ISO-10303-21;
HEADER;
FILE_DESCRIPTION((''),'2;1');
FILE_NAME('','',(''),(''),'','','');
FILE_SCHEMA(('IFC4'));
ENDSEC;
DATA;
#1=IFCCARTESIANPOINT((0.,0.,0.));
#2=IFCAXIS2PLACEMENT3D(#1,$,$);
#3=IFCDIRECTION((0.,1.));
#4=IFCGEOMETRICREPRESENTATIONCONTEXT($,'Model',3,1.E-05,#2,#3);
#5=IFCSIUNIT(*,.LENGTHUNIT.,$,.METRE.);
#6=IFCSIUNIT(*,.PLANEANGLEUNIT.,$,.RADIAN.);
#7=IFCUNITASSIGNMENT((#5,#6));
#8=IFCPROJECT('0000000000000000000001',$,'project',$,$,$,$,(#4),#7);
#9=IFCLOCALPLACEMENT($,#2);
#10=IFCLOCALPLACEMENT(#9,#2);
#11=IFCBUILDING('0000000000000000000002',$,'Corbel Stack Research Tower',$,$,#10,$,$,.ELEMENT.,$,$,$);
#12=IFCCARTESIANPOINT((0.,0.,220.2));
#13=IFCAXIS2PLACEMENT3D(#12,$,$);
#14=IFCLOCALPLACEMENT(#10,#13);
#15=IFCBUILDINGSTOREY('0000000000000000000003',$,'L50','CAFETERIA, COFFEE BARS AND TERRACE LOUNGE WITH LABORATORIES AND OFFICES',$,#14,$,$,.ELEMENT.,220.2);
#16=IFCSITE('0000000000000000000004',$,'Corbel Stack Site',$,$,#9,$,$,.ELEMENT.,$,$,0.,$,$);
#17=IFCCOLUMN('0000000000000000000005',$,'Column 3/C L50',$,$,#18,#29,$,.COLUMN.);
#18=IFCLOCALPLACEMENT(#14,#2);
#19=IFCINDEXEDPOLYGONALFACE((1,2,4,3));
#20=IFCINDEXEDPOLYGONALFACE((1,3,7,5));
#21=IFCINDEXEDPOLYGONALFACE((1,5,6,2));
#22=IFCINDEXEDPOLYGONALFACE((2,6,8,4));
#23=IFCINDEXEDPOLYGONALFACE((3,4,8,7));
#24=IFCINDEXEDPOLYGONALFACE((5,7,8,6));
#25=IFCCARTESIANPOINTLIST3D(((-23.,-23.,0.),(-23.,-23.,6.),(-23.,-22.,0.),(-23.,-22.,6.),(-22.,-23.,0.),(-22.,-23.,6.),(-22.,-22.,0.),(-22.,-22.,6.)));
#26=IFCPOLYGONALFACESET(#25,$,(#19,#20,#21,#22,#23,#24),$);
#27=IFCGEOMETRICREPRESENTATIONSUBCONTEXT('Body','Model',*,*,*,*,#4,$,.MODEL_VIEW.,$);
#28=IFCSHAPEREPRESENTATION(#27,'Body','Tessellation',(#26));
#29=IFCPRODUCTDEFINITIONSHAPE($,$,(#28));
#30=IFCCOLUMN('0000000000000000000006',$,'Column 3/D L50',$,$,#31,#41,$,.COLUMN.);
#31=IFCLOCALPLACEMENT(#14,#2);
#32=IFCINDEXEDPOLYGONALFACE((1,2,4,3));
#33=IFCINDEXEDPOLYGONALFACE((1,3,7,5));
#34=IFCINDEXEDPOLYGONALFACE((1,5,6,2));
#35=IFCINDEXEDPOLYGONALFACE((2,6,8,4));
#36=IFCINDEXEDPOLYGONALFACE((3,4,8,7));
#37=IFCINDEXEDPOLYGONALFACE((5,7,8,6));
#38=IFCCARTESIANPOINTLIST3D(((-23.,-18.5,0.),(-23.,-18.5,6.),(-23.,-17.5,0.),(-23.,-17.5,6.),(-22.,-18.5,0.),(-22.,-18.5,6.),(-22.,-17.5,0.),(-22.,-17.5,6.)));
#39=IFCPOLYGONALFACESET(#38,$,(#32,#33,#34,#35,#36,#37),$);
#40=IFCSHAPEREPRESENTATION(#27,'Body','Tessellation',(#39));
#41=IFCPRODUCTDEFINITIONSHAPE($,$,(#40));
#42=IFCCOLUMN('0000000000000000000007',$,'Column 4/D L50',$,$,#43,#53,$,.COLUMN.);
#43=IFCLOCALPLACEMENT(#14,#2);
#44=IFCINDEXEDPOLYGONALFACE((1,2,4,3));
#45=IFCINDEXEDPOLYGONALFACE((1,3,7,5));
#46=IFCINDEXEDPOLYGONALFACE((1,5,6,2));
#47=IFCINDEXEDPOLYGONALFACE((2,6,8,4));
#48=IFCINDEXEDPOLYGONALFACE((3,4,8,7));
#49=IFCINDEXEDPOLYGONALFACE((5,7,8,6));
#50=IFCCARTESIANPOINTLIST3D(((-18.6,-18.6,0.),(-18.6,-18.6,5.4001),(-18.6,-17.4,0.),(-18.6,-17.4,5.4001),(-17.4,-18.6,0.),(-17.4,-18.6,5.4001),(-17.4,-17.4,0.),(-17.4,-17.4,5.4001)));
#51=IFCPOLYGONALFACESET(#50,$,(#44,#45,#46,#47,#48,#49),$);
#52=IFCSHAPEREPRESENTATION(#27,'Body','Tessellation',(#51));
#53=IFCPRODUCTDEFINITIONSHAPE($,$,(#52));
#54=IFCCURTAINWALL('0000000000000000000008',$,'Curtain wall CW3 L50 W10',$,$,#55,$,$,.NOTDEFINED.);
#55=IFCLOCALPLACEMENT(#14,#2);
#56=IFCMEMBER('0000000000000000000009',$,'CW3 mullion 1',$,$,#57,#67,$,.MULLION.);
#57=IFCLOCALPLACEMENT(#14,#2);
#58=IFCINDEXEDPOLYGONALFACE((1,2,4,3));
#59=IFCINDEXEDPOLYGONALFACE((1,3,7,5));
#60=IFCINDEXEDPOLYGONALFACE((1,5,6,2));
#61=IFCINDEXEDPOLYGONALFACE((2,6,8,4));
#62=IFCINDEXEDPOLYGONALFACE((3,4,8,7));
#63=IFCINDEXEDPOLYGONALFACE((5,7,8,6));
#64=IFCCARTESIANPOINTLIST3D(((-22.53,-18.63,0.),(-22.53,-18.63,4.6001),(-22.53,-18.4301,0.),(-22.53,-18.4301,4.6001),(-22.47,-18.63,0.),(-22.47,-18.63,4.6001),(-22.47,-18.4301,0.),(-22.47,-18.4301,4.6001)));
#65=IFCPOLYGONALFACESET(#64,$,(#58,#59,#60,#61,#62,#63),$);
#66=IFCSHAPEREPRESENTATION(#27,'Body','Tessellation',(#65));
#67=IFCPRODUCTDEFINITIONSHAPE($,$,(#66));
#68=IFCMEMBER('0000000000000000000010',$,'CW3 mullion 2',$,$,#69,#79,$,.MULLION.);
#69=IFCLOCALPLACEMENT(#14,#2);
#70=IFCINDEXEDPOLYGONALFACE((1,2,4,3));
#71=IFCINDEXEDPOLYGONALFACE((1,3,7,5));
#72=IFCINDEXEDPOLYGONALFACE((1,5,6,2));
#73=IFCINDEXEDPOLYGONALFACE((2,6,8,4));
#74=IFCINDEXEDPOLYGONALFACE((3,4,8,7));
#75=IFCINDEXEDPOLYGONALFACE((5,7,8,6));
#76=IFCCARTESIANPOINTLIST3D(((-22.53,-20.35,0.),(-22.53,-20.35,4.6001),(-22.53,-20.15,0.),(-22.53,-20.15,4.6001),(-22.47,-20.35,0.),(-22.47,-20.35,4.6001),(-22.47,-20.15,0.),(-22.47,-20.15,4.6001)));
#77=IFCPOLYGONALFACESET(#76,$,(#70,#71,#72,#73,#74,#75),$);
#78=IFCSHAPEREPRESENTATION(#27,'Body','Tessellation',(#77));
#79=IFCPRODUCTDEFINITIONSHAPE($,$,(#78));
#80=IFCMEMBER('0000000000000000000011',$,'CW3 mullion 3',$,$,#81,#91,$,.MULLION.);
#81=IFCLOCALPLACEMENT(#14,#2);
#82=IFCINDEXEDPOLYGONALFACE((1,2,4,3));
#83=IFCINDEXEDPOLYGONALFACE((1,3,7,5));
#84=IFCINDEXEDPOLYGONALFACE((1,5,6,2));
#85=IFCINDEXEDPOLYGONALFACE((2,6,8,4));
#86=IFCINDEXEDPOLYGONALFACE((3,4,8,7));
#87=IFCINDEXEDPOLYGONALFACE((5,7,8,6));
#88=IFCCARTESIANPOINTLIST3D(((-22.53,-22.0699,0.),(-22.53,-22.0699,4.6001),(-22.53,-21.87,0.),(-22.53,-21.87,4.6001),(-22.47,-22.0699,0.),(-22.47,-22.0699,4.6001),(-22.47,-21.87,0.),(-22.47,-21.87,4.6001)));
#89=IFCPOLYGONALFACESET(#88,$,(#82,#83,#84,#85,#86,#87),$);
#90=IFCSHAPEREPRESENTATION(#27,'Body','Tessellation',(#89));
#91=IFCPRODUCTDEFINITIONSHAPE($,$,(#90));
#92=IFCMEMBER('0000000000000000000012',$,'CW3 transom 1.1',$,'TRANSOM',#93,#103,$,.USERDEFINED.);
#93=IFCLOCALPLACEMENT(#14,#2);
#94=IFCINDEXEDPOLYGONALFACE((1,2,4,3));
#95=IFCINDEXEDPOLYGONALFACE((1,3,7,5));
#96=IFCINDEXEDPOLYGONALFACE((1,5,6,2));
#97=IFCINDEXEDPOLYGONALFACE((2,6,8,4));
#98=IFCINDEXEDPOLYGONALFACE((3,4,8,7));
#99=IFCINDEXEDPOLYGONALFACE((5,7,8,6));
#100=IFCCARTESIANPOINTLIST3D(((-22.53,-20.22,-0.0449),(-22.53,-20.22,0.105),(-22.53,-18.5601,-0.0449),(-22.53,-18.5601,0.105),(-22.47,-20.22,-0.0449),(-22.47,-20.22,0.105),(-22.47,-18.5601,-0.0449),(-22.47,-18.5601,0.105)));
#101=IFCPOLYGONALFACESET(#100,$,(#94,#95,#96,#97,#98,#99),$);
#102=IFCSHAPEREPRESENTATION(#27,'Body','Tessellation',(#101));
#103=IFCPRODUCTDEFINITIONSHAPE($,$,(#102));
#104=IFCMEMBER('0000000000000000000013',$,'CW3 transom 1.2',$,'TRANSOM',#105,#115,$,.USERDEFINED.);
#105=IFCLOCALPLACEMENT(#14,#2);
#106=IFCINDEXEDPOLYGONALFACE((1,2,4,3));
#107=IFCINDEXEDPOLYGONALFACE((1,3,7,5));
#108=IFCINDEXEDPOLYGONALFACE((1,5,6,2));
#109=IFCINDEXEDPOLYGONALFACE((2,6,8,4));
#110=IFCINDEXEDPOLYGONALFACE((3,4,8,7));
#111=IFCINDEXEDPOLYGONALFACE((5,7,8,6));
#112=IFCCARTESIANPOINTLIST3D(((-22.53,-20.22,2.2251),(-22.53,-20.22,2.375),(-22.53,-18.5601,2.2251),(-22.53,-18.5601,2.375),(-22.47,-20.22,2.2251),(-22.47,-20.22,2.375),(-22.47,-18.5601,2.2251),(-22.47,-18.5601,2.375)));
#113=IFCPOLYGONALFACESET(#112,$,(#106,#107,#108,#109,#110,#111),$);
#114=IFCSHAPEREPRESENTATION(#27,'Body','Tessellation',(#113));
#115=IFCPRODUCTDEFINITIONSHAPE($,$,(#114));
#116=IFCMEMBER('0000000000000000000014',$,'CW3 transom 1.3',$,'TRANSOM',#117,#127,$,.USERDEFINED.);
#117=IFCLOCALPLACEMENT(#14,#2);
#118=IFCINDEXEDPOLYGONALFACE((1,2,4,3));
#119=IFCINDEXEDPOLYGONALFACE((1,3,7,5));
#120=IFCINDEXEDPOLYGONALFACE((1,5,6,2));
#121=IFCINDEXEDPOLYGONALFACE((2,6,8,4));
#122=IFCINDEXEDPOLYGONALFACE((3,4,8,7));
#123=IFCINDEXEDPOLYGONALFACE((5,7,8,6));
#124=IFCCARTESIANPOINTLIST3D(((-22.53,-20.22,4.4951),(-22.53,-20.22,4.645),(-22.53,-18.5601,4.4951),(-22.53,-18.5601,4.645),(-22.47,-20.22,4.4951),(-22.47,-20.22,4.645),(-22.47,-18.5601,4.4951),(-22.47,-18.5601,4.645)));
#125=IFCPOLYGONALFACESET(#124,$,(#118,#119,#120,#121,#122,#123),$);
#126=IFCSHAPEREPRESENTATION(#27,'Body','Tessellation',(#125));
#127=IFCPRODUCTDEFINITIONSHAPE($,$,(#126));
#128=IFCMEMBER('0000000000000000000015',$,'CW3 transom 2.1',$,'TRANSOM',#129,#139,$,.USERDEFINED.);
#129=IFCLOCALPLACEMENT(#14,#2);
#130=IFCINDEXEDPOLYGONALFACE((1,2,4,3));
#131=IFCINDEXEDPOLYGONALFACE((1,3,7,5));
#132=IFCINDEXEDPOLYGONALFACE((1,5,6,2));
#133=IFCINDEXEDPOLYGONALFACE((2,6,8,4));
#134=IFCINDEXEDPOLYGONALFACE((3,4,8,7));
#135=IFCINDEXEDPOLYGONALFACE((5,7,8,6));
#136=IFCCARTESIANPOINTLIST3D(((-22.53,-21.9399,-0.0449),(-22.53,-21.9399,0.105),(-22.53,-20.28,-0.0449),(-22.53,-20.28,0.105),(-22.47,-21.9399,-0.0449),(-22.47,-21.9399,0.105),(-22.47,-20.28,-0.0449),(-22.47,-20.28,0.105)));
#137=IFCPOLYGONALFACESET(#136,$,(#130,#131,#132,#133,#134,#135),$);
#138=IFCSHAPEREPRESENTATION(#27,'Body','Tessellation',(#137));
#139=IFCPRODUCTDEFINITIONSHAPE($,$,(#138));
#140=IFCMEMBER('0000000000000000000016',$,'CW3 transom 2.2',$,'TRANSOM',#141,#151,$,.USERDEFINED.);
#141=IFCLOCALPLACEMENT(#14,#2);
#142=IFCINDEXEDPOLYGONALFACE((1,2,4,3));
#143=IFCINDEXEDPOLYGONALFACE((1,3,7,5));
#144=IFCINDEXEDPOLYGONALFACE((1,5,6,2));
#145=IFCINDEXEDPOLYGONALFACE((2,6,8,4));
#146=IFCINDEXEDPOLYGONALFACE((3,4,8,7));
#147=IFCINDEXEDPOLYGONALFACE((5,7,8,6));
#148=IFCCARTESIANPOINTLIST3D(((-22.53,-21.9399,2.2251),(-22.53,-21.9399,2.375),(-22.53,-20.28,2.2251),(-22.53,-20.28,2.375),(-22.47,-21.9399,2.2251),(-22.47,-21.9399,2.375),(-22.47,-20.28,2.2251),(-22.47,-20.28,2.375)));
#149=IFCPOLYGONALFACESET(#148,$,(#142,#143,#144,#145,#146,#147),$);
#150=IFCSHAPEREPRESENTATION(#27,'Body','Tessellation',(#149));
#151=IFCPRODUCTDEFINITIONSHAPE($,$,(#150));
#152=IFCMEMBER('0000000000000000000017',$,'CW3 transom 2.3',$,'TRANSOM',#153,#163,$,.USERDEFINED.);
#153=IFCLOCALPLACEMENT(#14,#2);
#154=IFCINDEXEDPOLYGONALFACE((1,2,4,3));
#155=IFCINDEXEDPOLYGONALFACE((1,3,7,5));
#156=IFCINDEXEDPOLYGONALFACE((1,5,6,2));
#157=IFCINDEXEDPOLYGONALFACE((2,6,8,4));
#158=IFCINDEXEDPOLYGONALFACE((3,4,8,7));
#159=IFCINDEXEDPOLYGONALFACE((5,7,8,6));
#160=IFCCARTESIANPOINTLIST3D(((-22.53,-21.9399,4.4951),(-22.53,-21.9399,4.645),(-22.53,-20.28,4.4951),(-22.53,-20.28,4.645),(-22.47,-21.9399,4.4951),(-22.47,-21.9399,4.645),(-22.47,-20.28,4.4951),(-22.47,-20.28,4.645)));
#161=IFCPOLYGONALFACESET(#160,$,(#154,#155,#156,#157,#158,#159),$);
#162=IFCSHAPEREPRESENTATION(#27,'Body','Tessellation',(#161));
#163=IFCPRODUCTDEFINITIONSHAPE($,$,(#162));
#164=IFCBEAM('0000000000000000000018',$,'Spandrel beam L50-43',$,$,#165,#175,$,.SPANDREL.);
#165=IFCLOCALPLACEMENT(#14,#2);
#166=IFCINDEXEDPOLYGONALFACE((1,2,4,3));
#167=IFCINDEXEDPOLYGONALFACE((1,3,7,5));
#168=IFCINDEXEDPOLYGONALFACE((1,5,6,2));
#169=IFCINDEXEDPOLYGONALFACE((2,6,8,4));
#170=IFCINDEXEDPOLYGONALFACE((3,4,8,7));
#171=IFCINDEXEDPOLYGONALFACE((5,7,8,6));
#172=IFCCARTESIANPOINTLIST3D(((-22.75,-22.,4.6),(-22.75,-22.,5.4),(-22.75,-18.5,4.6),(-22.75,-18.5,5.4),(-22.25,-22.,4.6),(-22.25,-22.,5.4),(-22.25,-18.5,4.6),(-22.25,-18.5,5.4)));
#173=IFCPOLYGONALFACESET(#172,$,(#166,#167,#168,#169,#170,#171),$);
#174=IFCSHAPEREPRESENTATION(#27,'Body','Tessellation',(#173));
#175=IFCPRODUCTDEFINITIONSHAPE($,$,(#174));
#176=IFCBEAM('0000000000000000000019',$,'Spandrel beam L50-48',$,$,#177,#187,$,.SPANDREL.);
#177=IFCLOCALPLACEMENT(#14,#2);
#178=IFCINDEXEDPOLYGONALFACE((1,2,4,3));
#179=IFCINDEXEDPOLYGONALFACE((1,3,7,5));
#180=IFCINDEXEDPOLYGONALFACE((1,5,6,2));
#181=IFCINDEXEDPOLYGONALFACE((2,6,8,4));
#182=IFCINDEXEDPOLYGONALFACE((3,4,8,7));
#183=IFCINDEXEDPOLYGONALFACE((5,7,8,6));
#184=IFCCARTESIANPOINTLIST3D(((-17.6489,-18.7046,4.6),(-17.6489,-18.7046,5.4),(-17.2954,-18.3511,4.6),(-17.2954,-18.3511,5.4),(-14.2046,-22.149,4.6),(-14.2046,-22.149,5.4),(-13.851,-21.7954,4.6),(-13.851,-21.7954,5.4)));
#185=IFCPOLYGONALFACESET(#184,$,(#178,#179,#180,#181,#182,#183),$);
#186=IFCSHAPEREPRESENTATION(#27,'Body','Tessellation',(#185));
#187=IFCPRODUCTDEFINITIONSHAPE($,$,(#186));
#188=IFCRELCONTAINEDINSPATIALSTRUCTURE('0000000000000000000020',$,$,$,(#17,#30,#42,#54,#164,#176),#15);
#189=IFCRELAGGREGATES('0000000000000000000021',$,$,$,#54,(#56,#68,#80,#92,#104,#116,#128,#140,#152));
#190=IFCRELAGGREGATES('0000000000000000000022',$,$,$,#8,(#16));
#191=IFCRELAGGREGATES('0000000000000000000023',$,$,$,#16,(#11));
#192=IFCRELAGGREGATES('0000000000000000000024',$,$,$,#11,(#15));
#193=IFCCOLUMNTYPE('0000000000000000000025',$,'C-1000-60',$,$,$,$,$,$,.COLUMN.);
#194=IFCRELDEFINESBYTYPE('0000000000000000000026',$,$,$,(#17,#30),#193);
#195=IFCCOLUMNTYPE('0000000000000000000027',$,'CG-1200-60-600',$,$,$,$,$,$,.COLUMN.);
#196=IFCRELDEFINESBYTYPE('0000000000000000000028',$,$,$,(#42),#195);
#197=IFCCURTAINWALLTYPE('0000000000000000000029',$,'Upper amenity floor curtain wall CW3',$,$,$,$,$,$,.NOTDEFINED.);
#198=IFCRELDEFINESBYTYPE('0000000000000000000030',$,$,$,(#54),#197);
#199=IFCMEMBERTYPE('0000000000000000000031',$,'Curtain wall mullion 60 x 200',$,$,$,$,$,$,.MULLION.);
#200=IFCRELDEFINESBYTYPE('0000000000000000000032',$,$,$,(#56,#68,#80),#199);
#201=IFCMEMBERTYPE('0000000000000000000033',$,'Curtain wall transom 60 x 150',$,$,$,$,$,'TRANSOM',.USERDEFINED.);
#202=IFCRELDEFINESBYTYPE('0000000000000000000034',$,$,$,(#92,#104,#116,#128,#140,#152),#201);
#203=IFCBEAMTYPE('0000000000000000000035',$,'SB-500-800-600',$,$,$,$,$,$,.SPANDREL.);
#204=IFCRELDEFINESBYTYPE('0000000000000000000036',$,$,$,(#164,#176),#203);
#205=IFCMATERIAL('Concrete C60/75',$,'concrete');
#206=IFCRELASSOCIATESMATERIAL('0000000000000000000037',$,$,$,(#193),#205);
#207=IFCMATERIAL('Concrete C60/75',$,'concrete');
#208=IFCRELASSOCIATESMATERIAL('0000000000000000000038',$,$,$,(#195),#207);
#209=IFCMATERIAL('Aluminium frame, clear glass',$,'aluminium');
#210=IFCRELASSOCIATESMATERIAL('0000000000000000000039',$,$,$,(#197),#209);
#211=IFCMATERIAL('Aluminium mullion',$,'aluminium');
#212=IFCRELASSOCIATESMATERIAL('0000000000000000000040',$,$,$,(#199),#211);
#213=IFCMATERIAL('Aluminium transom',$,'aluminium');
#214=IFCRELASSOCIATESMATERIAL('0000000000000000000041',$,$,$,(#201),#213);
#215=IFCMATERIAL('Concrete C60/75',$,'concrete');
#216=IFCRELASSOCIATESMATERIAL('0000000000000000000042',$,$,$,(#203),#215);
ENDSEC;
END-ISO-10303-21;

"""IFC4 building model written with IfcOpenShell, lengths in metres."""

from ifc_helpers import new_model, si_unit, direction, frame, origin, origin_2d, place, context, subcontext, project, spatial, rectangle, extrude, material, material_profile, profile_set, type_object, element, aggregate, save


model = new_model("IFC4")

# Units and contexts
model_context = context("Model", 3, precision=1e-05, world=origin(), true_north=direction((0.0, 1.0)))
body_context = subcontext(model_context, "Body", "Model", "MODEL_VIEW")
ifc_project = project(units=[si_unit("LENGTHUNIT", "METRE"), si_unit("PLANEANGLEUNIT", "RADIAN")], contexts=[model_context])

# Site, building, storey
site_placement = place(None, origin())
site = spatial("IfcSite", under=ifc_project, at=site_placement, Name="Corbel Stack Site", CompositionType="ELEMENT", RefElevation=0.0)
building_placement = place(site_placement, origin())
building = spatial("IfcBuilding", under=site, at=building_placement, Name="Corbel Stack Research Tower", CompositionType="ELEMENT")
storey_placement = place(building_placement, frame((0.0, 0.0, 220.2)))
storey = spatial("IfcBuildingStorey", under=building, at=storey_placement, Name="L50", Description="CAFETERIA, COFFEE BARS AND TERRACE LOUNGE WITH LABORATORIES AND OFFICES", CompositionType="ELEMENT", Elevation=220.2)

# Columns
ifc_material_1 = material(Name="Concrete C60/75", Category="concrete")
ifc_material_profile_1 = material_profile(ifc_material_1, rectangle(XDim=1.0, YDim=1.0, at=origin_2d()), Name="RC 1000 x 1000")
ifc_profile_set_1 = profile_set([ifc_material_profile_1], Name="Concrete C60/75")
column_type_1 = type_object("IfcColumnType", Name="C-1000-60", PredefinedType="COLUMN", material=ifc_profile_set_1)
for number, where, z_axis, x_axis, name in (
    (1, (-22.5, -22.5, 0.0), (0.0, 0.0, 1.0), (1.0, 0.0, 0.0), "Column 3/C L50"),
    (2, (-22.5, -18.0, 0.0), (0.0, 0.0, 1.0), (1.0, 0.0, 0.0), "Column 3/D L50"),
):
    element("IfcColumn", number, at=place(storey_placement, frame(where, z_axis=z_axis, x_axis=x_axis)), inside=storey, type_object=column_type_1, Name=name, PredefinedType="COLUMN", context=body_context, shape_type="SweptSolid", body=[
        extrude(rectangle(XDim=1.0, YDim=1.0, at=origin_2d()), origin(), (0.0, 0.0, 1.0), 6.0),
    ])
ifc_material_2 = material(Name="Concrete C60/75", Category="concrete")
ifc_material_profile_2 = material_profile(ifc_material_2, rectangle(XDim=1.2, YDim=1.2, at=origin_2d()), Name="RC 1200 x 1200")
ifc_profile_set_2 = profile_set([ifc_material_profile_2], Name="Concrete C60/75")
column_type_2 = type_object("IfcColumnType", Name="CG-1200-60-600", PredefinedType="COLUMN", material=ifc_profile_set_2)
column_placement = place(storey_placement, frame((-18.0, -18.0, 0.0), z_axis=(0.0, 0.0, 1.0), x_axis=(1.0, 0.0, 0.0)))
element("IfcColumn", 3, at=column_placement, inside=storey, type_object=column_type_2, Name="Column 4/D L50", PredefinedType="COLUMN", context=body_context, shape_type="SweptSolid", body=[
    extrude(rectangle(XDim=1.2, YDim=1.2, at=origin_2d()), origin(), (0.0, 0.0, 1.0), 5.4001),
])

# Curtain wall, members
ifc_material_3 = material(Name="Aluminium frame, clear glass", Category="aluminium")
curtain_wall_type = type_object("IfcCurtainWallType", Name="Upper amenity floor curtain wall CW3", PredefinedType="NOTDEFINED", material=ifc_material_3)
curtain_wall_placement = place(storey_placement, origin())
curtain_wall = element("IfcCurtainWall", 4, at=curtain_wall_placement, inside=storey, type_object=curtain_wall_type, Name="Curtain wall CW3 L50 W10", PredefinedType="NOTDEFINED")
ifc_material_4 = material(Name="Aluminium mullion", Category="aluminium")
ifc_material_profile_3 = material_profile(ifc_material_4, rectangle(XDim=0.0601, YDim=0.2, at=origin_2d()), Name="Mullion 60 x 200")
ifc_profile_set_3 = profile_set([ifc_material_profile_3], Name="Aluminium mullion")
member_type_1 = type_object("IfcMemberType", Name="Curtain wall mullion 60 x 200", PredefinedType="MULLION", material=ifc_profile_set_3)
member_1_placement = place(storey_placement, frame((-22.5, -18.53, 0.0), z_axis=(0.0, 0.0, 1.0), x_axis=(1.0, 0.0, 0.0)))
member_1 = element("IfcMember", 5, at=member_1_placement, type_object=member_type_1, Name="CW3 mullion 1", PredefinedType="MULLION", context=body_context, shape_type="SweptSolid", body=[
    extrude(rectangle(XDim=0.0601, YDim=0.2, at=origin_2d()), origin(), (0.0, 0.0, 1.0), 4.6001),
])
member_2_placement = place(storey_placement, frame((-22.5, -20.25, 0.0), z_axis=(0.0, 0.0, 1.0), x_axis=(1.0, 0.0, 0.0)))
member_2 = element("IfcMember", 6, at=member_2_placement, type_object=member_type_1, Name="CW3 mullion 2", PredefinedType="MULLION", context=body_context, shape_type="SweptSolid", body=[
    extrude(rectangle(XDim=0.0601, YDim=0.2, at=origin_2d()), origin(), (0.0, 0.0, 1.0), 4.6001),
])
member_3_placement = place(storey_placement, frame((-22.5, -21.97, 0.0), z_axis=(0.0, 0.0, 1.0), x_axis=(1.0, 0.0, 0.0)))
member_3 = element("IfcMember", 7, at=member_3_placement, type_object=member_type_1, Name="CW3 mullion 3", PredefinedType="MULLION", context=body_context, shape_type="SweptSolid", body=[
    extrude(rectangle(XDim=0.0601, YDim=0.2, at=origin_2d()), origin(), (0.0, 0.0, 1.0), 4.6001),
])
ifc_material_5 = material(Name="Aluminium transom", Category="aluminium")
ifc_material_profile_4 = material_profile(ifc_material_5, rectangle(XDim=0.0601, YDim=0.1499, at=origin_2d()), Name="Transom 60 x 150")
ifc_profile_set_4 = profile_set([ifc_material_profile_4], Name="Aluminium transom")
member_type_2 = type_object("IfcMemberType", Name="Curtain wall transom 60 x 150", ElementType="TRANSOM", PredefinedType="USERDEFINED", material=ifc_profile_set_4)
member_4_placement = place(storey_placement, frame((-22.5, -18.5601, 0.03), z_axis=(0.0, -1.0, 0.0), x_axis=(1.0, 0.0, 0.0)))
member_4 = element("IfcMember", 8, at=member_4_placement, type_object=member_type_2, Name="CW3 transom 1.1", ObjectType="TRANSOM", PredefinedType="USERDEFINED", context=body_context, shape_type="SweptSolid", body=[
    extrude(rectangle(XDim=0.0601, YDim=0.1499, at=origin_2d()), origin(), (0.0, 0.0, 1.0), 1.6599),
])
member_5_placement = place(storey_placement, frame((-22.5, -18.5601, 2.3), z_axis=(0.0, -1.0, 0.0), x_axis=(1.0, 0.0, 0.0)))
member_5 = element("IfcMember", 9, at=member_5_placement, type_object=member_type_2, Name="CW3 transom 1.2", ObjectType="TRANSOM", PredefinedType="USERDEFINED", context=body_context, shape_type="SweptSolid", body=[
    extrude(rectangle(XDim=0.0601, YDim=0.1499, at=origin_2d()), origin(), (0.0, 0.0, 1.0), 1.6599),
])
member_6_placement = place(storey_placement, frame((-22.5, -18.5601, 4.5701), z_axis=(0.0, -1.0, 0.0), x_axis=(1.0, 0.0, 0.0)))
member_6 = element("IfcMember", 10, at=member_6_placement, type_object=member_type_2, Name="CW3 transom 1.3", ObjectType="TRANSOM", PredefinedType="USERDEFINED", context=body_context, shape_type="SweptSolid", body=[
    extrude(rectangle(XDim=0.0601, YDim=0.1499, at=origin_2d()), origin(), (0.0, 0.0, 1.0), 1.6599),
])
member_7_placement = place(storey_placement, frame((-22.5, -20.28, 0.03), z_axis=(0.0, -1.0, 0.0), x_axis=(1.0, 0.0, 0.0)))
member_7 = element("IfcMember", 11, at=member_7_placement, type_object=member_type_2, Name="CW3 transom 2.1", ObjectType="TRANSOM", PredefinedType="USERDEFINED", context=body_context, shape_type="SweptSolid", body=[
    extrude(rectangle(XDim=0.0601, YDim=0.1499, at=origin_2d()), origin(), (0.0, 0.0, 1.0), 1.6599),
])
member_8_placement = place(storey_placement, frame((-22.5, -20.28, 2.3), z_axis=(0.0, -1.0, 0.0), x_axis=(1.0, 0.0, 0.0)))
member_8 = element("IfcMember", 12, at=member_8_placement, type_object=member_type_2, Name="CW3 transom 2.2", ObjectType="TRANSOM", PredefinedType="USERDEFINED", context=body_context, shape_type="SweptSolid", body=[
    extrude(rectangle(XDim=0.0601, YDim=0.1499, at=origin_2d()), origin(), (0.0, 0.0, 1.0), 1.6599),
])
member_9_placement = place(storey_placement, frame((-22.5, -20.28, 4.5701), z_axis=(0.0, -1.0, 0.0), x_axis=(1.0, 0.0, 0.0)))
member_9 = element("IfcMember", 13, at=member_9_placement, type_object=member_type_2, Name="CW3 transom 2.3", ObjectType="TRANSOM", PredefinedType="USERDEFINED", context=body_context, shape_type="SweptSolid", body=[
    extrude(rectangle(XDim=0.0601, YDim=0.1499, at=origin_2d()), origin(), (0.0, 0.0, 1.0), 1.6599),
])

# Beams
ifc_material_6 = material(Name="Concrete C60/75", Category="concrete")
ifc_material_profile_5 = material_profile(ifc_material_6, rectangle(XDim=0.5, YDim=0.8, at=origin_2d()), Name="RC 500 x 800")
ifc_profile_set_5 = profile_set([ifc_material_profile_5], Name="Concrete C60/75")
beam_type_1 = type_object("IfcBeamType", Name="SB-500-800-600", PredefinedType="SPANDREL", material=ifc_profile_set_5)
beam_1_placement = place(storey_placement, frame((-22.5, -18.5, 5.0), z_axis=(0.0, -1.0, 0.0), x_axis=(1.0, 0.0, 0.0)))
element("IfcBeam", 14, at=beam_1_placement, inside=storey, type_object=beam_type_1, Name="Spandrel beam L50-43", PredefinedType="SPANDREL", context=body_context, shape_type="SweptSolid", body=[
    extrude(rectangle(XDim=0.5, YDim=0.8, at=origin_2d()), origin(), (0.0, 0.0, 1.0), 3.5),
])
beam_2_placement = place(storey_placement, frame((-17.4722, -18.5278, 5.0), z_axis=(0.707107, -0.707107, 0.0), x_axis=(0.707107, 0.707107, 0.0)))
element("IfcBeam", 15, at=beam_2_placement, inside=storey, type_object=beam_type_1, Name="Spandrel beam L50-48", PredefinedType="SPANDREL", context=body_context, shape_type="SweptSolid", body=[
    extrude(rectangle(XDim=0.5, YDim=0.8, at=origin_2d()), origin(), (0.0, 0.0, 1.0), 4.8711),
])

aggregate(curtain_wall, [member_1, member_2, member_3, member_4, member_5, member_6, member_7, member_8, member_9])

save(model, "model.ifc")
